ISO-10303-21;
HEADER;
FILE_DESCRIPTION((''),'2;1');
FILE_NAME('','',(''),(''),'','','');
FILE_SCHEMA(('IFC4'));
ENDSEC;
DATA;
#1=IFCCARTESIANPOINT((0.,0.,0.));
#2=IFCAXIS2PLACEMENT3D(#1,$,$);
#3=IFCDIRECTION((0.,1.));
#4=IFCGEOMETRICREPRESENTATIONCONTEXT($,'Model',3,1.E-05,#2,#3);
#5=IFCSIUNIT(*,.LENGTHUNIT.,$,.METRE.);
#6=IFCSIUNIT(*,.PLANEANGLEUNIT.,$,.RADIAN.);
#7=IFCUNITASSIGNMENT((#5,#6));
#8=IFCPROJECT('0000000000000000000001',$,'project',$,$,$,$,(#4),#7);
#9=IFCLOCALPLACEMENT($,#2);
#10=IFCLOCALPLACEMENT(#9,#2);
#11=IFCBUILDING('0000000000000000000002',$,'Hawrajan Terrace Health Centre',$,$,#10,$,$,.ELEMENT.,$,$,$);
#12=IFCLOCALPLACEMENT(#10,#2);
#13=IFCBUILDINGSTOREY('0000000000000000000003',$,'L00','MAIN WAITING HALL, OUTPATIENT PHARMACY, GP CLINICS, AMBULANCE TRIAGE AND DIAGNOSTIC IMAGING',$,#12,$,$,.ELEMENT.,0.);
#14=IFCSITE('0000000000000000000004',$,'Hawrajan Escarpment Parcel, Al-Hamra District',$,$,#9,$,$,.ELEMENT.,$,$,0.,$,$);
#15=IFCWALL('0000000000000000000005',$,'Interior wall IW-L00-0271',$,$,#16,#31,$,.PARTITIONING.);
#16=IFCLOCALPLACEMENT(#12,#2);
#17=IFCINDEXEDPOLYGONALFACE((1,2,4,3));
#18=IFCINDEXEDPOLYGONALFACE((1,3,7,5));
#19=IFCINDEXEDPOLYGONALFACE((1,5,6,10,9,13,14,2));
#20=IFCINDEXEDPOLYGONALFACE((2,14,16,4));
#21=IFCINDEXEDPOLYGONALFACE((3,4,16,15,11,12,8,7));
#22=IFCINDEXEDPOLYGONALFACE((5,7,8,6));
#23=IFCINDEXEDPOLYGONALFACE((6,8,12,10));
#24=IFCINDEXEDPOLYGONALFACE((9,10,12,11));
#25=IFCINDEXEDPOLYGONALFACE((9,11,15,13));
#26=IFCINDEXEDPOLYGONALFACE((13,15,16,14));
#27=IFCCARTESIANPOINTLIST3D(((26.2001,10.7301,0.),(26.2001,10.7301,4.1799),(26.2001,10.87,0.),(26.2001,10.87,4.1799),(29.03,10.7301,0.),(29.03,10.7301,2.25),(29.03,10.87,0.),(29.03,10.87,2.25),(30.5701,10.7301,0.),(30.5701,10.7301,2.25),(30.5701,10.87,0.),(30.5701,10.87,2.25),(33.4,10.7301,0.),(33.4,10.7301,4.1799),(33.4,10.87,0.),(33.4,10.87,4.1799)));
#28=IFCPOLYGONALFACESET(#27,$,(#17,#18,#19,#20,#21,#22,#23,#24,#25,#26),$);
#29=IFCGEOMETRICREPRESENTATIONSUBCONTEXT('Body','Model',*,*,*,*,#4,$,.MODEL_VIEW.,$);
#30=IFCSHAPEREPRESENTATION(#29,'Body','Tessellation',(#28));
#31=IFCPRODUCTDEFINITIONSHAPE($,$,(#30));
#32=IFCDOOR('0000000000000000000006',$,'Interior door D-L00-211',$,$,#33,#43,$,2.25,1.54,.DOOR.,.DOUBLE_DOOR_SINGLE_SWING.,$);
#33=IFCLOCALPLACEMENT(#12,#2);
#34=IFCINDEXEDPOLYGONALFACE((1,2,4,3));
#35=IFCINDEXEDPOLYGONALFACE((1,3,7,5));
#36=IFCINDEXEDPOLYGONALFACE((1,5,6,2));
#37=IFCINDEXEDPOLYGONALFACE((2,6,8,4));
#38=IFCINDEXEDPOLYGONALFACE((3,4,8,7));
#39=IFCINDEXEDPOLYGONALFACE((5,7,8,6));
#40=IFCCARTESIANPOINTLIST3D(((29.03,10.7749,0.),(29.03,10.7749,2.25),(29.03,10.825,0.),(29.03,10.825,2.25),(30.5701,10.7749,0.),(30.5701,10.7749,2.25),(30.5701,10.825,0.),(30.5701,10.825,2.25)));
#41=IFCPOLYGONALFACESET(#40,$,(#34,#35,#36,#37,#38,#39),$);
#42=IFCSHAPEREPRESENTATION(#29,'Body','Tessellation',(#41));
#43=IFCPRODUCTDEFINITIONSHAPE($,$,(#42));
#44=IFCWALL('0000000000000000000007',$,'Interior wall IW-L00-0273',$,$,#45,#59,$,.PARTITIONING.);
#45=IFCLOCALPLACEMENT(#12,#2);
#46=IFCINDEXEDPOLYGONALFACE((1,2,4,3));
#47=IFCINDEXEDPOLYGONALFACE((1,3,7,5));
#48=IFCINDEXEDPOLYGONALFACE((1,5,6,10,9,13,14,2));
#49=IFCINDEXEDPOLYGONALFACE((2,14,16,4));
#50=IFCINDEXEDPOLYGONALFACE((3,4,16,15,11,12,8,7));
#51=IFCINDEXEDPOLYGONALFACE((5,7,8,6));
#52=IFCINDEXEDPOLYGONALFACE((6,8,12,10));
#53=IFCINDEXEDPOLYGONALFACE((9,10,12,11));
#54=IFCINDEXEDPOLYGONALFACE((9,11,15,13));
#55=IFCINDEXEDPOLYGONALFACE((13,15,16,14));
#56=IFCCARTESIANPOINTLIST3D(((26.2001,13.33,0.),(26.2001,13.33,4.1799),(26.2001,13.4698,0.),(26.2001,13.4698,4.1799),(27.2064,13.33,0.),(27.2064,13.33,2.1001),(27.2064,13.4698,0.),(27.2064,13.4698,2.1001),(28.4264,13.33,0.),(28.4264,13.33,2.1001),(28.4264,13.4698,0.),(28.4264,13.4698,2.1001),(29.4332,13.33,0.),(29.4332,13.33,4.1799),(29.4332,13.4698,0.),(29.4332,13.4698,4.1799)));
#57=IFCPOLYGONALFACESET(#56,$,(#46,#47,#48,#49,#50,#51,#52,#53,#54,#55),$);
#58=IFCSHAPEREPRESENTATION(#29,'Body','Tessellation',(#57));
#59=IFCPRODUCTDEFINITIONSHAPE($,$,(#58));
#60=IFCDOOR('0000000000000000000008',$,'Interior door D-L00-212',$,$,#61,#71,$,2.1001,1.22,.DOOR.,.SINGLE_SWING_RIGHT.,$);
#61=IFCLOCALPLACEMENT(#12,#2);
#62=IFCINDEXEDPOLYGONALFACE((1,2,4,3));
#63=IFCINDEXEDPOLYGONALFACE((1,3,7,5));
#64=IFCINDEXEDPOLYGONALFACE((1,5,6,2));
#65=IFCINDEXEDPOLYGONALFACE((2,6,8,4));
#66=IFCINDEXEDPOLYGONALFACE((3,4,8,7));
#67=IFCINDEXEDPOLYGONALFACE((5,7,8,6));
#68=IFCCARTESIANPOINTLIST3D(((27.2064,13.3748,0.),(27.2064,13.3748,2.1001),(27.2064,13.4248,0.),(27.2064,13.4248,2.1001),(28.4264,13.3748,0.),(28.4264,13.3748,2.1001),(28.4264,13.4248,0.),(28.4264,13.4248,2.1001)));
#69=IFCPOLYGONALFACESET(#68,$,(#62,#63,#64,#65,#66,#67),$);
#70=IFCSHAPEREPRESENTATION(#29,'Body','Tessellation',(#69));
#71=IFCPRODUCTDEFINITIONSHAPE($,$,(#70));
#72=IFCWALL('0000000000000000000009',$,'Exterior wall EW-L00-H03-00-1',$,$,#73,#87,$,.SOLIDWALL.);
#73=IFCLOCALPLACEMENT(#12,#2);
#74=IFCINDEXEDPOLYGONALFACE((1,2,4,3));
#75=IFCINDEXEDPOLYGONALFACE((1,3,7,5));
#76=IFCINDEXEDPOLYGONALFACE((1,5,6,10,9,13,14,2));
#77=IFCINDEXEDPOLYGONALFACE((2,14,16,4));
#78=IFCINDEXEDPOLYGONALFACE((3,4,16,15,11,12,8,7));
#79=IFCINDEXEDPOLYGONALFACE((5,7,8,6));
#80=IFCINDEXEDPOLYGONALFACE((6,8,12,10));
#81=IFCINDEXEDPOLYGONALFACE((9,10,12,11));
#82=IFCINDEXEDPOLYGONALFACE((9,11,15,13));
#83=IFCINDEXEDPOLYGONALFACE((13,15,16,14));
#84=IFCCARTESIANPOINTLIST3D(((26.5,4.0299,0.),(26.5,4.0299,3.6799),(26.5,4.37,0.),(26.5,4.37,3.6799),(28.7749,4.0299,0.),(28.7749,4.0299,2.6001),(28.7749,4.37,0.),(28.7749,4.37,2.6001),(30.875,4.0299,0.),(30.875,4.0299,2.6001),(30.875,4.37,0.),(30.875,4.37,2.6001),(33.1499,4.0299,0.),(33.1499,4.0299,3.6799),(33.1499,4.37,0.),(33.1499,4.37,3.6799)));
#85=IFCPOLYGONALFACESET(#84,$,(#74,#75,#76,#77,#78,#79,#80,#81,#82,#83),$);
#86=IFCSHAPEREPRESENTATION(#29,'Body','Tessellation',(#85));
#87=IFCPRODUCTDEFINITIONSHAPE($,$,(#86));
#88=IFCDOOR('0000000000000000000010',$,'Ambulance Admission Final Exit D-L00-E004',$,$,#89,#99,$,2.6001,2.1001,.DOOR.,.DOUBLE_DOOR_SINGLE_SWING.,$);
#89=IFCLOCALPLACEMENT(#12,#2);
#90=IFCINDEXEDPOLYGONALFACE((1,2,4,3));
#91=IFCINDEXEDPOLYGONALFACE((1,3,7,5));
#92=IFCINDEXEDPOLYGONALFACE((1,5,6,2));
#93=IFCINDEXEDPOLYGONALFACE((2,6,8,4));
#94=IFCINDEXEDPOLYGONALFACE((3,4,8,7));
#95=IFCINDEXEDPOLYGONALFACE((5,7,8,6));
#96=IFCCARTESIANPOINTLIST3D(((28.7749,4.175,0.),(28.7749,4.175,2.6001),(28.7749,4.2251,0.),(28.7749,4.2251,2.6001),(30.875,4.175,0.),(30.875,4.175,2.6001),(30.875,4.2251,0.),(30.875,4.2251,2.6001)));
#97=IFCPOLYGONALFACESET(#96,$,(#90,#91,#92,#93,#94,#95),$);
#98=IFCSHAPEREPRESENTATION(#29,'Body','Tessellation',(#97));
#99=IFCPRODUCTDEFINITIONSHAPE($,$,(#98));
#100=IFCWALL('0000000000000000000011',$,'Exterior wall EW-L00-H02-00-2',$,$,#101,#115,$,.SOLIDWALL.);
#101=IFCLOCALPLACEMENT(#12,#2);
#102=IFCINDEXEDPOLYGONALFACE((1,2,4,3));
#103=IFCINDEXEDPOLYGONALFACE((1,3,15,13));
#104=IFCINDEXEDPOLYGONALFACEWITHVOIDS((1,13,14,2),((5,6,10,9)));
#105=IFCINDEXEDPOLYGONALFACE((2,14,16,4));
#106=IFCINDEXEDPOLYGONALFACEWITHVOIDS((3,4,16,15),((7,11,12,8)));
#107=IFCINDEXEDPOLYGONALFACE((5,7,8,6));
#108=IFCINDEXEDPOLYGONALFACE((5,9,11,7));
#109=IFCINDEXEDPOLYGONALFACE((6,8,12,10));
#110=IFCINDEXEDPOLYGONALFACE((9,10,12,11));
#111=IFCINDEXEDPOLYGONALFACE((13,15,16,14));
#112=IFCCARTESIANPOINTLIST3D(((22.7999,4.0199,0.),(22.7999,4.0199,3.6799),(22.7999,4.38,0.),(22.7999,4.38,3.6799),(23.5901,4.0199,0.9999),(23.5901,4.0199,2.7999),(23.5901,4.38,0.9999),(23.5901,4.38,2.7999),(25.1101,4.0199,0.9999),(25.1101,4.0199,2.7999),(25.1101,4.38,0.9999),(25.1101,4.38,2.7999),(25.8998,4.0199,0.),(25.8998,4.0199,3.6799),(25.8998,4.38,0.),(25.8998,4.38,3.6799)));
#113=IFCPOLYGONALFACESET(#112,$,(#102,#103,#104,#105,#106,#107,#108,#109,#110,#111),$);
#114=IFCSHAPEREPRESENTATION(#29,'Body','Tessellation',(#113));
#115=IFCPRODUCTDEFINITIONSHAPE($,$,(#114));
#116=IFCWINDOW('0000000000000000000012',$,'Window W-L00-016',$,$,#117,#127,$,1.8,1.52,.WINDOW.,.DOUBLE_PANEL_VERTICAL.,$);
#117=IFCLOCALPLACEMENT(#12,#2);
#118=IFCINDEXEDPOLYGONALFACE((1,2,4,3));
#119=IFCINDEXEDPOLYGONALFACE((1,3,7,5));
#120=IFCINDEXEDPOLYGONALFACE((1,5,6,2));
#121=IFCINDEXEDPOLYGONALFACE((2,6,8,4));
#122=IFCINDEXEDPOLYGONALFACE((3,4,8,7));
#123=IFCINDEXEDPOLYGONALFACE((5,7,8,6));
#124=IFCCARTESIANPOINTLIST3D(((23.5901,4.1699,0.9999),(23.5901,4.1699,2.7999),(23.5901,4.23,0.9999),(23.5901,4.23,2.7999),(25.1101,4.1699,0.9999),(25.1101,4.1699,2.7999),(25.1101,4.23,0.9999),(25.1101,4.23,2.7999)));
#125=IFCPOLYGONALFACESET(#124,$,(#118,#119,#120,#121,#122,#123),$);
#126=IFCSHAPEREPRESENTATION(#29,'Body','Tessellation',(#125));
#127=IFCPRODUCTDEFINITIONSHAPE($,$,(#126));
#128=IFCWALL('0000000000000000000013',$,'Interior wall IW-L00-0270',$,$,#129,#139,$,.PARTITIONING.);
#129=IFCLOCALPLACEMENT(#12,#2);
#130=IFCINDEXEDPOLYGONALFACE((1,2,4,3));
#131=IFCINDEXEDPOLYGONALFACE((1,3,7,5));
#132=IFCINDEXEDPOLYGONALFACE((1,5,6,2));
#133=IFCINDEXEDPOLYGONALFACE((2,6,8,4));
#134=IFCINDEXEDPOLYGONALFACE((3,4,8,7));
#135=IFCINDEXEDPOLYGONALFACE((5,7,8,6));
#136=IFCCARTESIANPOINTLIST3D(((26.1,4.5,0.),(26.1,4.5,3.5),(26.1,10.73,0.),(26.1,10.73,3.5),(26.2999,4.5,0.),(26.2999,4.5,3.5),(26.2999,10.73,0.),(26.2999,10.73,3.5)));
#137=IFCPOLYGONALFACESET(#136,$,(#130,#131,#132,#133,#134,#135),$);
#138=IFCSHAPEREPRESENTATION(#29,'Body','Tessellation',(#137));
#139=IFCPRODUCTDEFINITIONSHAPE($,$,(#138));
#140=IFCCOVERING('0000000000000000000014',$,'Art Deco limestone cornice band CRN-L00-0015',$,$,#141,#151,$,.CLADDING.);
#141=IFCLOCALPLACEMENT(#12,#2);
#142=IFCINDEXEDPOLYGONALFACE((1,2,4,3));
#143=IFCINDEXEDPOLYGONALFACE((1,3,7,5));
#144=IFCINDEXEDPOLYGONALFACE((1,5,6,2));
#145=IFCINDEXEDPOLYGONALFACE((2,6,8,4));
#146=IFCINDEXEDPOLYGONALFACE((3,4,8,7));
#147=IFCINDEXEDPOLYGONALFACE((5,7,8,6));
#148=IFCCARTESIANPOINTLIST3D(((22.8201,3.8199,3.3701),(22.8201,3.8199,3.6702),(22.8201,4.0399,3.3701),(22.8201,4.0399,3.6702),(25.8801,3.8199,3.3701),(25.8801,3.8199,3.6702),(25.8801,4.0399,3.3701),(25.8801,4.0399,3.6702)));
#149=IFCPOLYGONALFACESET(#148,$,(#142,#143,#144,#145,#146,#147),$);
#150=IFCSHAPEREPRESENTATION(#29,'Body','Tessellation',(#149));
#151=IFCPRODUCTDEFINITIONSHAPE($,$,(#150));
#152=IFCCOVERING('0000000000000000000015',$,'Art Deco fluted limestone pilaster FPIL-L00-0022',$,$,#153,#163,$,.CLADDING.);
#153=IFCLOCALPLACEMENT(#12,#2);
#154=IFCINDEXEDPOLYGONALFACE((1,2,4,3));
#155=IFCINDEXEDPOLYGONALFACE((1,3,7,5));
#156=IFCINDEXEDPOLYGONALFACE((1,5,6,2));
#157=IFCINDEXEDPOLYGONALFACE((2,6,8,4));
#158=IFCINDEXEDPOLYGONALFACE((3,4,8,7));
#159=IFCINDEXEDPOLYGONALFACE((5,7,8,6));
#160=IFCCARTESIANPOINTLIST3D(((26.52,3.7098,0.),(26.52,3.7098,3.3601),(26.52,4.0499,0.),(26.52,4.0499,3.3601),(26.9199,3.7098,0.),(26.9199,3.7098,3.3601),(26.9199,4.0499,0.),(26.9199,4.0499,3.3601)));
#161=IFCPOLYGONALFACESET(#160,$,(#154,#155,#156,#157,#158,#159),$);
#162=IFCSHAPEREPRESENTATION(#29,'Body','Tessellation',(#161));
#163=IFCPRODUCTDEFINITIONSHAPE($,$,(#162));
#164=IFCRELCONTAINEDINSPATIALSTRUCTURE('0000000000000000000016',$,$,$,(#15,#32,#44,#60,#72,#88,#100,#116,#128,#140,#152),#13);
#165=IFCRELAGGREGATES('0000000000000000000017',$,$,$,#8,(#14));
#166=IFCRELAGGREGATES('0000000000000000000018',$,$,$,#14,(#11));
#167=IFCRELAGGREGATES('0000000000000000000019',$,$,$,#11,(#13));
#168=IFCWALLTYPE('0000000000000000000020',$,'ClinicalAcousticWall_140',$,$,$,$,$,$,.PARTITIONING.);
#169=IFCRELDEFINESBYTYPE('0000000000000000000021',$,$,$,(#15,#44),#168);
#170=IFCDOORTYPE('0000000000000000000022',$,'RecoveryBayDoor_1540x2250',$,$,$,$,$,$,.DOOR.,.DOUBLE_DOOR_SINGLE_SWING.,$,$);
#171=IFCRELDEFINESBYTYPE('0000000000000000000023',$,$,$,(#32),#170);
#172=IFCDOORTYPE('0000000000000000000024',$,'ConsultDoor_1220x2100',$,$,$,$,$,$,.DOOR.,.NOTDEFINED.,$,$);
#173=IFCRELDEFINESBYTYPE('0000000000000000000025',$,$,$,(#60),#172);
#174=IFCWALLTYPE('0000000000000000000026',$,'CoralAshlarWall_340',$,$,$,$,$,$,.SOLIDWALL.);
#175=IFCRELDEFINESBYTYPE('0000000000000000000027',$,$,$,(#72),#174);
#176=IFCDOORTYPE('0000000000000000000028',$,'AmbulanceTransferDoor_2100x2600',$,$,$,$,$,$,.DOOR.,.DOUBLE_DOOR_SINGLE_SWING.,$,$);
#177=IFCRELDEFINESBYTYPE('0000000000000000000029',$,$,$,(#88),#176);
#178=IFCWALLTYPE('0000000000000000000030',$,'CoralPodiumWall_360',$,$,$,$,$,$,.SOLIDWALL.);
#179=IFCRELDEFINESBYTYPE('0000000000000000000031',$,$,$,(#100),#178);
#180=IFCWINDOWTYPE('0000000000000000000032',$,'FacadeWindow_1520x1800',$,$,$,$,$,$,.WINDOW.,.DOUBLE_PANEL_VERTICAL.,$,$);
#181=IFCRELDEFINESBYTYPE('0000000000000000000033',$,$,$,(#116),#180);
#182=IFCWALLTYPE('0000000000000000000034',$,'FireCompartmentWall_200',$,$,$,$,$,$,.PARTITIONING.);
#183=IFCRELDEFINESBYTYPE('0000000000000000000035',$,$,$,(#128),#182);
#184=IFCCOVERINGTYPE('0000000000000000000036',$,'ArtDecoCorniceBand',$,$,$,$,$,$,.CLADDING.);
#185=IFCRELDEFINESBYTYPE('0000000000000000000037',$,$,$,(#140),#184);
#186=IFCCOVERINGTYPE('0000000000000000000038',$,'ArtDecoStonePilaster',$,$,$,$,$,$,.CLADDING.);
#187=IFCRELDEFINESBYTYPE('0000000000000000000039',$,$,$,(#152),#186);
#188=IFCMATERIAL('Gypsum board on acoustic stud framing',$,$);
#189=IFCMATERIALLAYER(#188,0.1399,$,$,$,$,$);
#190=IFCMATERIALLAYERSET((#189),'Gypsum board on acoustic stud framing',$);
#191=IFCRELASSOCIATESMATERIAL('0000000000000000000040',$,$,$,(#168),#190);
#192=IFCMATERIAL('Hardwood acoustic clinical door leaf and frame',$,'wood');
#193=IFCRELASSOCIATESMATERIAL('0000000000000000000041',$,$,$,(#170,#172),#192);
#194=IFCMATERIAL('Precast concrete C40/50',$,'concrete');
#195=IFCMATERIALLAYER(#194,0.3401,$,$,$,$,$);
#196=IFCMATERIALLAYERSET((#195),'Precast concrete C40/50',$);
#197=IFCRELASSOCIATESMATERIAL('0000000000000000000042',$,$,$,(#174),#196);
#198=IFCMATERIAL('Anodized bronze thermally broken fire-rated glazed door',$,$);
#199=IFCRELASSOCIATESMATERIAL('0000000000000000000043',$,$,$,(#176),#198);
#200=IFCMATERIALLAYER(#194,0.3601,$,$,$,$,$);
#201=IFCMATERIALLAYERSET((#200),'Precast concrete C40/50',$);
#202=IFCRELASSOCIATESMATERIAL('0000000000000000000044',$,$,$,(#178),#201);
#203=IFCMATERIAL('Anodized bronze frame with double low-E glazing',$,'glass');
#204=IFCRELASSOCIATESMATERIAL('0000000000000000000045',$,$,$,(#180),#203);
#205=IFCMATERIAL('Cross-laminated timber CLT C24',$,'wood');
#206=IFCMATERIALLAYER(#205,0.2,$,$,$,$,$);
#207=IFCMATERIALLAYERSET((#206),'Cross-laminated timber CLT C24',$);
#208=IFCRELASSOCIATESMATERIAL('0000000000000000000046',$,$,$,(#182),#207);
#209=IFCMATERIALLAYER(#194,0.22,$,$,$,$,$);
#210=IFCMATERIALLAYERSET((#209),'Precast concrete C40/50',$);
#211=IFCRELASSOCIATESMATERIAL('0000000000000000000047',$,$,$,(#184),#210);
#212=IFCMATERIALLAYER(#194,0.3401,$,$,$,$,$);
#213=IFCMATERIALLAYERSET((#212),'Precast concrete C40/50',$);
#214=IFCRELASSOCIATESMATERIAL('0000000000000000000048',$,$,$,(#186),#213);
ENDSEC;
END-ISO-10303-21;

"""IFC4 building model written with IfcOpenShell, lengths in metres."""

from ifc_helpers import new_model, si_unit, direction, frame, frame_2d, origin, origin_2d, place, context, subcontext, project, spatial, rectangle, extrude, material, layer, layer_set, type_object, element, fill, save


model = new_model("IFC4")

# Units and contexts
model_context = context("Model", 3, precision=1e-05, world=origin(), true_north=direction((0.0, 1.0)))
body_context = subcontext(model_context, "Body", "Model", "MODEL_VIEW")
ifc_project = project(units=[si_unit("LENGTHUNIT", "METRE"), si_unit("PLANEANGLEUNIT", "RADIAN")], contexts=[model_context])

# Site, building, storey
site_placement = place(None, origin())
site = spatial("IfcSite", under=ifc_project, at=site_placement, Name="Hawrajan Escarpment Parcel, Al-Hamra District", CompositionType="ELEMENT", RefElevation=0.0)
building_placement = place(site_placement, origin())
building = spatial("IfcBuilding", under=site, at=building_placement, Name="Hawrajan Terrace Health Centre", CompositionType="ELEMENT")
storey_placement = place(building_placement, origin())
storey = spatial("IfcBuildingStorey", under=building, at=storey_placement, Name="L00", Description="MAIN WAITING HALL, OUTPATIENT PHARMACY, GP CLINICS, AMBULANCE TRIAGE AND DIAGNOSTIC IMAGING", CompositionType="ELEMENT", Elevation=0.0)

# Shared definitions
ifc_material_1 = material(Name="Gypsum board on acoustic stud framing")
ifc_layer_1 = layer(ifc_material_1, 0.1399)
ifc_layer_set_1 = layer_set([ifc_layer_1], Name="Gypsum board on acoustic stud framing")
wall_type_1 = type_object("IfcWallType", Name="ClinicalAcousticWall_140", PredefinedType="PARTITIONING", material=ifc_layer_set_1)

# Walls, openings, doors
wall_1_placement = place(storey_placement, frame((26.2, 10.8, 0.0), z_axis=(0.0, 0.0, 1.0), x_axis=(1.0, 0.0, 0.0)))
wall_1 = element("IfcWall", 1, at=wall_1_placement, inside=storey, type_object=wall_type_1, Name="Interior wall IW-L00-0271", PredefinedType="PARTITIONING", context=body_context, shape_type="SweptSolid", body=[
    extrude(rectangle(XDim=7.2, YDim=0.1399, at=frame_2d((3.6001, 0.0))), origin(), (0.0, 0.0, 1.0), 4.1799),
])
opening_1_placement = place(wall_1_placement, frame((2.8301, 0.0, 0.0)))
opening_1 = element("IfcOpeningElement", 2, at=opening_1_placement, cuts=wall_1, PredefinedType="OPENING", context=body_context, shape_type="SweptSolid", body=[
    extrude(rectangle(XDim=1.54, YDim=2.25, at=frame_2d((0.77, 1.125))), frame((0.0, 0.0798, 0.0), z_axis=(0.0, -1.0, 0.0), x_axis=(1.0, 0.0, 0.0)), (0.0, 0.0, 1.0), 0.1599),
])
ifc_material_2 = material(Name="Hardwood acoustic clinical door leaf and frame", Category="wood")
door_type_1 = type_object("IfcDoorType", Name="RecoveryBayDoor_1540x2250", OperationType="DOUBLE_DOOR_SINGLE_SWING", PredefinedType="DOOR", material=ifc_material_2)
door_1_placement = place(opening_1_placement, origin())
door_1 = element("IfcDoor", 3, at=door_1_placement, inside=storey, type_object=door_type_1, Name="Interior door D-L00-211", OperationType="DOUBLE_DOOR_SINGLE_SWING", OverallHeight=2.25, OverallWidth=1.54, PredefinedType="DOOR", context=body_context, shape_type="SweptSolid", body=[
    extrude(rectangle(XDim=1.54, YDim=2.25, at=frame_2d((0.77, 1.125))), frame((0.0, 0.0249, 0.0), z_axis=(0.0, -1.0, 0.0), x_axis=(1.0, 0.0, 0.0)), (0.0, 0.0, 1.0), 0.05),
])
fill(opening_1, door_1)
wall_2_placement = place(storey_placement, frame((26.2, 13.3999, 0.0), z_axis=(0.0, 0.0, 1.0), x_axis=(1.0, 0.0, 0.0)))
wall_2 = element("IfcWall", 4, at=wall_2_placement, inside=storey, type_object=wall_type_1, Name="Interior wall IW-L00-0273", PredefinedType="PARTITIONING", context=body_context, shape_type="SweptSolid", body=[
    extrude(rectangle(XDim=3.2332, YDim=0.1399, at=frame_2d((1.6167, 0.0))), origin(), (0.0, 0.0, 1.0), 4.1799),
])
opening_2_placement = place(wall_2_placement, frame((1.0066, 0.0, 0.0)))
opening_2 = element("IfcOpeningElement", 5, at=opening_2_placement, cuts=wall_2, PredefinedType="OPENING", context=body_context, shape_type="SweptSolid", body=[
    extrude(rectangle(XDim=1.22, YDim=2.1001, at=frame_2d((0.6099, 1.05))), frame((0.0, 0.0798, 0.0), z_axis=(0.0, -1.0, 0.0), x_axis=(1.0, 0.0, 0.0)), (0.0, 0.0, 1.0), 0.1599),
])
door_type_2 = type_object("IfcDoorType", Name="ConsultDoor_1220x2100", OperationType="NOTDEFINED", PredefinedType="DOOR", material=ifc_material_2)
door_2_placement = place(opening_2_placement, origin())
door_2 = element("IfcDoor", 6, at=door_2_placement, inside=storey, type_object=door_type_2, Name="Interior door D-L00-212", OperationType="SINGLE_SWING_RIGHT", OverallHeight=2.1001, OverallWidth=1.22, PredefinedType="DOOR", context=body_context, shape_type="SweptSolid", body=[
    extrude(rectangle(XDim=1.22, YDim=2.1001, at=frame_2d((0.6099, 1.05))), frame((0.0, 0.0249, 0.0), z_axis=(0.0, -1.0, 0.0), x_axis=(1.0, 0.0, 0.0)), (0.0, 0.0, 1.0), 0.05),
])
fill(opening_2, door_2)
ifc_material_3 = material(Name="Precast concrete C40/50", Category="concrete")
ifc_layer_2 = layer(ifc_material_3, 0.3401)
ifc_layer_set_2 = layer_set([ifc_layer_2], Name="Precast concrete C40/50")
wall_type_2 = type_object("IfcWallType", Name="CoralAshlarWall_340", PredefinedType="SOLIDWALL", material=ifc_layer_set_2)
wall_3_placement = place(storey_placement, frame((26.5, 4.2, 0.0), z_axis=(0.0, 0.0, 1.0), x_axis=(1.0, 0.0, 0.0)))
wall_3 = element("IfcWall", 7, at=wall_3_placement, inside=storey, type_object=wall_type_2, Name="Exterior wall EW-L00-H03-00-1", PredefinedType="SOLIDWALL", context=body_context, shape_type="SweptSolid", body=[
    extrude(rectangle(XDim=6.6499, YDim=0.3401, at=frame_2d((3.325, 0.0))), origin(), (0.0, 0.0, 1.0), 3.6799),
])
opening_3_placement = place(wall_3_placement, frame((2.2749, 0.0, 0.0)))
opening_3 = element("IfcOpeningElement", 8, at=opening_3_placement, cuts=wall_3, PredefinedType="OPENING", context=body_context, shape_type="SweptSolid", body=[
    extrude(rectangle(XDim=2.1001, YDim=2.6001, at=frame_2d((1.05, 1.3))), frame((0.0, 0.1799, 0.0), z_axis=(0.0, -1.0, 0.0), x_axis=(1.0, 0.0, 0.0)), (0.0, 0.0, 1.0), 0.3601),
])
ifc_material_4 = material(Name="Anodized bronze thermally broken fire-rated glazed door")
door_type_3 = type_object("IfcDoorType", Name="AmbulanceTransferDoor_2100x2600", OperationType="DOUBLE_DOOR_SINGLE_SWING", PredefinedType="DOOR", material=ifc_material_4)
door_3_placement = place(opening_3_placement, frame((2.1001, 0.0, 0.0), z_axis=(0.0, 0.0, 1.0), x_axis=(-1.0, 0.0, 0.0)))
door_3 = element("IfcDoor", 9, at=door_3_placement, inside=storey, type_object=door_type_3, Name="Ambulance Admission Final Exit D-L00-E004", OperationType="DOUBLE_DOOR_SINGLE_SWING", OverallHeight=2.6001, OverallWidth=2.1001, PredefinedType="DOOR", context=body_context, shape_type="SweptSolid", body=[
    extrude(rectangle(XDim=2.1001, YDim=2.6001, at=frame_2d((1.05, 1.3))), frame((0.0, 0.0249, 0.0), z_axis=(0.0, -1.0, 0.0), x_axis=(1.0, 0.0, 0.0)), (0.0, 0.0, 1.0), 0.05),
])
fill(opening_3, door_3)

# Wall, opening, window
ifc_layer_3 = layer(ifc_material_3, 0.3601)
ifc_layer_set_3 = layer_set([ifc_layer_3], Name="Precast concrete C40/50")
wall_type_3 = type_object("IfcWallType", Name="CoralPodiumWall_360", PredefinedType="SOLIDWALL", material=ifc_layer_set_3)
wall_4_placement = place(storey_placement, frame((22.8, 4.2, 0.0), z_axis=(0.0, 0.0, 1.0), x_axis=(1.0, 0.0, 0.0)))
wall_4 = element("IfcWall", 10, at=wall_4_placement, inside=storey, type_object=wall_type_3, Name="Exterior wall EW-L00-H02-00-2", PredefinedType="SOLIDWALL", context=body_context, shape_type="SweptSolid", body=[
    extrude(rectangle(XDim=3.0999, YDim=0.3601, at=frame_2d((1.5498, 0.0))), origin(), (0.0, 0.0, 1.0), 3.6799),
])
opening_4_placement = place(wall_4_placement, frame((0.79, 0.0, 1.0)))
opening_4 = element("IfcOpeningElement", 11, at=opening_4_placement, cuts=wall_4, PredefinedType="OPENING", context=body_context, shape_type="SweptSolid", body=[
    extrude(rectangle(XDim=1.52, YDim=1.8, at=frame_2d((0.76, 0.8999))), frame((0.0, 0.1899, 0.0), z_axis=(0.0, -1.0, 0.0), x_axis=(1.0, 0.0, 0.0)), (0.0, 0.0, 1.0), 0.3801),
])
ifc_material_5 = material(Name="Anodized bronze frame with double low-E glazing", Category="glass")
window_type = type_object("IfcWindowType", Name="FacadeWindow_1520x1800", PartitioningType="DOUBLE_PANEL_VERTICAL", PredefinedType="WINDOW", material=ifc_material_5)
window_placement = place(opening_4_placement, origin())
window = element("IfcWindow", 12, at=window_placement, inside=storey, type_object=window_type, Name="Window W-L00-016", OverallHeight=1.8, OverallWidth=1.52, PartitioningType="DOUBLE_PANEL_VERTICAL", PredefinedType="WINDOW", context=body_context, shape_type="SweptSolid", body=[
    extrude(rectangle(XDim=1.52, YDim=1.8, at=frame_2d((0.76, 0.8999))), frame((0.0, 0.03, 0.0), z_axis=(0.0, -1.0, 0.0), x_axis=(1.0, 0.0, 0.0)), (0.0, 0.0, 1.0), 0.0601),
])
fill(opening_4, window)

# Wall
ifc_material_6 = material(Name="Cross-laminated timber CLT C24", Category="wood")
ifc_layer_4 = layer(ifc_material_6, 0.2)
ifc_layer_set_4 = layer_set([ifc_layer_4], Name="Cross-laminated timber CLT C24")
wall_type_4 = type_object("IfcWallType", Name="FireCompartmentWall_200", PredefinedType="PARTITIONING", material=ifc_layer_set_4)
wall_5_placement = place(storey_placement, frame((26.2, 4.5, 0.0), z_axis=(0.0, 0.0, 1.0), x_axis=(0.0, 1.0, 0.0)))
element("IfcWall", 13, at=wall_5_placement, inside=storey, type_object=wall_type_4, Name="Interior wall IW-L00-0270", PredefinedType="PARTITIONING", context=body_context, shape_type="SweptSolid", body=[
    extrude(rectangle(XDim=6.23, YDim=0.2, at=frame_2d((3.115, 0.0))), origin(), (0.0, 0.0, 1.0), 3.5),
])

# Coverings
ifc_layer_5 = layer(ifc_material_3, 0.22)
ifc_layer_set_5 = layer_set([ifc_layer_5], Name="Precast concrete C40/50")
covering_type_1 = type_object("IfcCoveringType", Name="ArtDecoCorniceBand", PredefinedType="CLADDING", material=ifc_layer_set_5)
covering_1_placement = place(storey_placement, frame((24.3501, 3.9299, 3.3701), z_axis=(0.0, 0.0, 1.0), x_axis=(1.0, 0.0, 0.0)))
element("IfcCovering", 14, at=covering_1_placement, inside=storey, type_object=covering_type_1, Name="Art Deco limestone cornice band CRN-L00-0015", PredefinedType="CLADDING", context=body_context, shape_type="SweptSolid", body=[
    extrude(rectangle(XDim=3.0601, YDim=0.22, at=origin_2d()), origin(), (0.0, 0.0, 1.0), 0.3),
])
ifc_layer_6 = layer(ifc_material_3, 0.3401)
ifc_layer_set_6 = layer_set([ifc_layer_6], Name="Precast concrete C40/50")
covering_type_2 = type_object("IfcCoveringType", Name="ArtDecoStonePilaster", PredefinedType="CLADDING", material=ifc_layer_set_6)
covering_2_placement = place(storey_placement, frame((26.72, 3.8799, 0.0), z_axis=(0.0, 0.0, 1.0), x_axis=(1.0, 0.0, 0.0)))
element("IfcCovering", 15, at=covering_2_placement, inside=storey, type_object=covering_type_2, Name="Art Deco fluted limestone pilaster FPIL-L00-0022", PredefinedType="CLADDING", context=body_context, shape_type="SweptSolid", body=[
    extrude(rectangle(XDim=0.3999, YDim=0.3401, at=origin_2d()), origin(), (0.0, 0.0, 1.0), 3.3601),
])

save(model, "model.ifc")
